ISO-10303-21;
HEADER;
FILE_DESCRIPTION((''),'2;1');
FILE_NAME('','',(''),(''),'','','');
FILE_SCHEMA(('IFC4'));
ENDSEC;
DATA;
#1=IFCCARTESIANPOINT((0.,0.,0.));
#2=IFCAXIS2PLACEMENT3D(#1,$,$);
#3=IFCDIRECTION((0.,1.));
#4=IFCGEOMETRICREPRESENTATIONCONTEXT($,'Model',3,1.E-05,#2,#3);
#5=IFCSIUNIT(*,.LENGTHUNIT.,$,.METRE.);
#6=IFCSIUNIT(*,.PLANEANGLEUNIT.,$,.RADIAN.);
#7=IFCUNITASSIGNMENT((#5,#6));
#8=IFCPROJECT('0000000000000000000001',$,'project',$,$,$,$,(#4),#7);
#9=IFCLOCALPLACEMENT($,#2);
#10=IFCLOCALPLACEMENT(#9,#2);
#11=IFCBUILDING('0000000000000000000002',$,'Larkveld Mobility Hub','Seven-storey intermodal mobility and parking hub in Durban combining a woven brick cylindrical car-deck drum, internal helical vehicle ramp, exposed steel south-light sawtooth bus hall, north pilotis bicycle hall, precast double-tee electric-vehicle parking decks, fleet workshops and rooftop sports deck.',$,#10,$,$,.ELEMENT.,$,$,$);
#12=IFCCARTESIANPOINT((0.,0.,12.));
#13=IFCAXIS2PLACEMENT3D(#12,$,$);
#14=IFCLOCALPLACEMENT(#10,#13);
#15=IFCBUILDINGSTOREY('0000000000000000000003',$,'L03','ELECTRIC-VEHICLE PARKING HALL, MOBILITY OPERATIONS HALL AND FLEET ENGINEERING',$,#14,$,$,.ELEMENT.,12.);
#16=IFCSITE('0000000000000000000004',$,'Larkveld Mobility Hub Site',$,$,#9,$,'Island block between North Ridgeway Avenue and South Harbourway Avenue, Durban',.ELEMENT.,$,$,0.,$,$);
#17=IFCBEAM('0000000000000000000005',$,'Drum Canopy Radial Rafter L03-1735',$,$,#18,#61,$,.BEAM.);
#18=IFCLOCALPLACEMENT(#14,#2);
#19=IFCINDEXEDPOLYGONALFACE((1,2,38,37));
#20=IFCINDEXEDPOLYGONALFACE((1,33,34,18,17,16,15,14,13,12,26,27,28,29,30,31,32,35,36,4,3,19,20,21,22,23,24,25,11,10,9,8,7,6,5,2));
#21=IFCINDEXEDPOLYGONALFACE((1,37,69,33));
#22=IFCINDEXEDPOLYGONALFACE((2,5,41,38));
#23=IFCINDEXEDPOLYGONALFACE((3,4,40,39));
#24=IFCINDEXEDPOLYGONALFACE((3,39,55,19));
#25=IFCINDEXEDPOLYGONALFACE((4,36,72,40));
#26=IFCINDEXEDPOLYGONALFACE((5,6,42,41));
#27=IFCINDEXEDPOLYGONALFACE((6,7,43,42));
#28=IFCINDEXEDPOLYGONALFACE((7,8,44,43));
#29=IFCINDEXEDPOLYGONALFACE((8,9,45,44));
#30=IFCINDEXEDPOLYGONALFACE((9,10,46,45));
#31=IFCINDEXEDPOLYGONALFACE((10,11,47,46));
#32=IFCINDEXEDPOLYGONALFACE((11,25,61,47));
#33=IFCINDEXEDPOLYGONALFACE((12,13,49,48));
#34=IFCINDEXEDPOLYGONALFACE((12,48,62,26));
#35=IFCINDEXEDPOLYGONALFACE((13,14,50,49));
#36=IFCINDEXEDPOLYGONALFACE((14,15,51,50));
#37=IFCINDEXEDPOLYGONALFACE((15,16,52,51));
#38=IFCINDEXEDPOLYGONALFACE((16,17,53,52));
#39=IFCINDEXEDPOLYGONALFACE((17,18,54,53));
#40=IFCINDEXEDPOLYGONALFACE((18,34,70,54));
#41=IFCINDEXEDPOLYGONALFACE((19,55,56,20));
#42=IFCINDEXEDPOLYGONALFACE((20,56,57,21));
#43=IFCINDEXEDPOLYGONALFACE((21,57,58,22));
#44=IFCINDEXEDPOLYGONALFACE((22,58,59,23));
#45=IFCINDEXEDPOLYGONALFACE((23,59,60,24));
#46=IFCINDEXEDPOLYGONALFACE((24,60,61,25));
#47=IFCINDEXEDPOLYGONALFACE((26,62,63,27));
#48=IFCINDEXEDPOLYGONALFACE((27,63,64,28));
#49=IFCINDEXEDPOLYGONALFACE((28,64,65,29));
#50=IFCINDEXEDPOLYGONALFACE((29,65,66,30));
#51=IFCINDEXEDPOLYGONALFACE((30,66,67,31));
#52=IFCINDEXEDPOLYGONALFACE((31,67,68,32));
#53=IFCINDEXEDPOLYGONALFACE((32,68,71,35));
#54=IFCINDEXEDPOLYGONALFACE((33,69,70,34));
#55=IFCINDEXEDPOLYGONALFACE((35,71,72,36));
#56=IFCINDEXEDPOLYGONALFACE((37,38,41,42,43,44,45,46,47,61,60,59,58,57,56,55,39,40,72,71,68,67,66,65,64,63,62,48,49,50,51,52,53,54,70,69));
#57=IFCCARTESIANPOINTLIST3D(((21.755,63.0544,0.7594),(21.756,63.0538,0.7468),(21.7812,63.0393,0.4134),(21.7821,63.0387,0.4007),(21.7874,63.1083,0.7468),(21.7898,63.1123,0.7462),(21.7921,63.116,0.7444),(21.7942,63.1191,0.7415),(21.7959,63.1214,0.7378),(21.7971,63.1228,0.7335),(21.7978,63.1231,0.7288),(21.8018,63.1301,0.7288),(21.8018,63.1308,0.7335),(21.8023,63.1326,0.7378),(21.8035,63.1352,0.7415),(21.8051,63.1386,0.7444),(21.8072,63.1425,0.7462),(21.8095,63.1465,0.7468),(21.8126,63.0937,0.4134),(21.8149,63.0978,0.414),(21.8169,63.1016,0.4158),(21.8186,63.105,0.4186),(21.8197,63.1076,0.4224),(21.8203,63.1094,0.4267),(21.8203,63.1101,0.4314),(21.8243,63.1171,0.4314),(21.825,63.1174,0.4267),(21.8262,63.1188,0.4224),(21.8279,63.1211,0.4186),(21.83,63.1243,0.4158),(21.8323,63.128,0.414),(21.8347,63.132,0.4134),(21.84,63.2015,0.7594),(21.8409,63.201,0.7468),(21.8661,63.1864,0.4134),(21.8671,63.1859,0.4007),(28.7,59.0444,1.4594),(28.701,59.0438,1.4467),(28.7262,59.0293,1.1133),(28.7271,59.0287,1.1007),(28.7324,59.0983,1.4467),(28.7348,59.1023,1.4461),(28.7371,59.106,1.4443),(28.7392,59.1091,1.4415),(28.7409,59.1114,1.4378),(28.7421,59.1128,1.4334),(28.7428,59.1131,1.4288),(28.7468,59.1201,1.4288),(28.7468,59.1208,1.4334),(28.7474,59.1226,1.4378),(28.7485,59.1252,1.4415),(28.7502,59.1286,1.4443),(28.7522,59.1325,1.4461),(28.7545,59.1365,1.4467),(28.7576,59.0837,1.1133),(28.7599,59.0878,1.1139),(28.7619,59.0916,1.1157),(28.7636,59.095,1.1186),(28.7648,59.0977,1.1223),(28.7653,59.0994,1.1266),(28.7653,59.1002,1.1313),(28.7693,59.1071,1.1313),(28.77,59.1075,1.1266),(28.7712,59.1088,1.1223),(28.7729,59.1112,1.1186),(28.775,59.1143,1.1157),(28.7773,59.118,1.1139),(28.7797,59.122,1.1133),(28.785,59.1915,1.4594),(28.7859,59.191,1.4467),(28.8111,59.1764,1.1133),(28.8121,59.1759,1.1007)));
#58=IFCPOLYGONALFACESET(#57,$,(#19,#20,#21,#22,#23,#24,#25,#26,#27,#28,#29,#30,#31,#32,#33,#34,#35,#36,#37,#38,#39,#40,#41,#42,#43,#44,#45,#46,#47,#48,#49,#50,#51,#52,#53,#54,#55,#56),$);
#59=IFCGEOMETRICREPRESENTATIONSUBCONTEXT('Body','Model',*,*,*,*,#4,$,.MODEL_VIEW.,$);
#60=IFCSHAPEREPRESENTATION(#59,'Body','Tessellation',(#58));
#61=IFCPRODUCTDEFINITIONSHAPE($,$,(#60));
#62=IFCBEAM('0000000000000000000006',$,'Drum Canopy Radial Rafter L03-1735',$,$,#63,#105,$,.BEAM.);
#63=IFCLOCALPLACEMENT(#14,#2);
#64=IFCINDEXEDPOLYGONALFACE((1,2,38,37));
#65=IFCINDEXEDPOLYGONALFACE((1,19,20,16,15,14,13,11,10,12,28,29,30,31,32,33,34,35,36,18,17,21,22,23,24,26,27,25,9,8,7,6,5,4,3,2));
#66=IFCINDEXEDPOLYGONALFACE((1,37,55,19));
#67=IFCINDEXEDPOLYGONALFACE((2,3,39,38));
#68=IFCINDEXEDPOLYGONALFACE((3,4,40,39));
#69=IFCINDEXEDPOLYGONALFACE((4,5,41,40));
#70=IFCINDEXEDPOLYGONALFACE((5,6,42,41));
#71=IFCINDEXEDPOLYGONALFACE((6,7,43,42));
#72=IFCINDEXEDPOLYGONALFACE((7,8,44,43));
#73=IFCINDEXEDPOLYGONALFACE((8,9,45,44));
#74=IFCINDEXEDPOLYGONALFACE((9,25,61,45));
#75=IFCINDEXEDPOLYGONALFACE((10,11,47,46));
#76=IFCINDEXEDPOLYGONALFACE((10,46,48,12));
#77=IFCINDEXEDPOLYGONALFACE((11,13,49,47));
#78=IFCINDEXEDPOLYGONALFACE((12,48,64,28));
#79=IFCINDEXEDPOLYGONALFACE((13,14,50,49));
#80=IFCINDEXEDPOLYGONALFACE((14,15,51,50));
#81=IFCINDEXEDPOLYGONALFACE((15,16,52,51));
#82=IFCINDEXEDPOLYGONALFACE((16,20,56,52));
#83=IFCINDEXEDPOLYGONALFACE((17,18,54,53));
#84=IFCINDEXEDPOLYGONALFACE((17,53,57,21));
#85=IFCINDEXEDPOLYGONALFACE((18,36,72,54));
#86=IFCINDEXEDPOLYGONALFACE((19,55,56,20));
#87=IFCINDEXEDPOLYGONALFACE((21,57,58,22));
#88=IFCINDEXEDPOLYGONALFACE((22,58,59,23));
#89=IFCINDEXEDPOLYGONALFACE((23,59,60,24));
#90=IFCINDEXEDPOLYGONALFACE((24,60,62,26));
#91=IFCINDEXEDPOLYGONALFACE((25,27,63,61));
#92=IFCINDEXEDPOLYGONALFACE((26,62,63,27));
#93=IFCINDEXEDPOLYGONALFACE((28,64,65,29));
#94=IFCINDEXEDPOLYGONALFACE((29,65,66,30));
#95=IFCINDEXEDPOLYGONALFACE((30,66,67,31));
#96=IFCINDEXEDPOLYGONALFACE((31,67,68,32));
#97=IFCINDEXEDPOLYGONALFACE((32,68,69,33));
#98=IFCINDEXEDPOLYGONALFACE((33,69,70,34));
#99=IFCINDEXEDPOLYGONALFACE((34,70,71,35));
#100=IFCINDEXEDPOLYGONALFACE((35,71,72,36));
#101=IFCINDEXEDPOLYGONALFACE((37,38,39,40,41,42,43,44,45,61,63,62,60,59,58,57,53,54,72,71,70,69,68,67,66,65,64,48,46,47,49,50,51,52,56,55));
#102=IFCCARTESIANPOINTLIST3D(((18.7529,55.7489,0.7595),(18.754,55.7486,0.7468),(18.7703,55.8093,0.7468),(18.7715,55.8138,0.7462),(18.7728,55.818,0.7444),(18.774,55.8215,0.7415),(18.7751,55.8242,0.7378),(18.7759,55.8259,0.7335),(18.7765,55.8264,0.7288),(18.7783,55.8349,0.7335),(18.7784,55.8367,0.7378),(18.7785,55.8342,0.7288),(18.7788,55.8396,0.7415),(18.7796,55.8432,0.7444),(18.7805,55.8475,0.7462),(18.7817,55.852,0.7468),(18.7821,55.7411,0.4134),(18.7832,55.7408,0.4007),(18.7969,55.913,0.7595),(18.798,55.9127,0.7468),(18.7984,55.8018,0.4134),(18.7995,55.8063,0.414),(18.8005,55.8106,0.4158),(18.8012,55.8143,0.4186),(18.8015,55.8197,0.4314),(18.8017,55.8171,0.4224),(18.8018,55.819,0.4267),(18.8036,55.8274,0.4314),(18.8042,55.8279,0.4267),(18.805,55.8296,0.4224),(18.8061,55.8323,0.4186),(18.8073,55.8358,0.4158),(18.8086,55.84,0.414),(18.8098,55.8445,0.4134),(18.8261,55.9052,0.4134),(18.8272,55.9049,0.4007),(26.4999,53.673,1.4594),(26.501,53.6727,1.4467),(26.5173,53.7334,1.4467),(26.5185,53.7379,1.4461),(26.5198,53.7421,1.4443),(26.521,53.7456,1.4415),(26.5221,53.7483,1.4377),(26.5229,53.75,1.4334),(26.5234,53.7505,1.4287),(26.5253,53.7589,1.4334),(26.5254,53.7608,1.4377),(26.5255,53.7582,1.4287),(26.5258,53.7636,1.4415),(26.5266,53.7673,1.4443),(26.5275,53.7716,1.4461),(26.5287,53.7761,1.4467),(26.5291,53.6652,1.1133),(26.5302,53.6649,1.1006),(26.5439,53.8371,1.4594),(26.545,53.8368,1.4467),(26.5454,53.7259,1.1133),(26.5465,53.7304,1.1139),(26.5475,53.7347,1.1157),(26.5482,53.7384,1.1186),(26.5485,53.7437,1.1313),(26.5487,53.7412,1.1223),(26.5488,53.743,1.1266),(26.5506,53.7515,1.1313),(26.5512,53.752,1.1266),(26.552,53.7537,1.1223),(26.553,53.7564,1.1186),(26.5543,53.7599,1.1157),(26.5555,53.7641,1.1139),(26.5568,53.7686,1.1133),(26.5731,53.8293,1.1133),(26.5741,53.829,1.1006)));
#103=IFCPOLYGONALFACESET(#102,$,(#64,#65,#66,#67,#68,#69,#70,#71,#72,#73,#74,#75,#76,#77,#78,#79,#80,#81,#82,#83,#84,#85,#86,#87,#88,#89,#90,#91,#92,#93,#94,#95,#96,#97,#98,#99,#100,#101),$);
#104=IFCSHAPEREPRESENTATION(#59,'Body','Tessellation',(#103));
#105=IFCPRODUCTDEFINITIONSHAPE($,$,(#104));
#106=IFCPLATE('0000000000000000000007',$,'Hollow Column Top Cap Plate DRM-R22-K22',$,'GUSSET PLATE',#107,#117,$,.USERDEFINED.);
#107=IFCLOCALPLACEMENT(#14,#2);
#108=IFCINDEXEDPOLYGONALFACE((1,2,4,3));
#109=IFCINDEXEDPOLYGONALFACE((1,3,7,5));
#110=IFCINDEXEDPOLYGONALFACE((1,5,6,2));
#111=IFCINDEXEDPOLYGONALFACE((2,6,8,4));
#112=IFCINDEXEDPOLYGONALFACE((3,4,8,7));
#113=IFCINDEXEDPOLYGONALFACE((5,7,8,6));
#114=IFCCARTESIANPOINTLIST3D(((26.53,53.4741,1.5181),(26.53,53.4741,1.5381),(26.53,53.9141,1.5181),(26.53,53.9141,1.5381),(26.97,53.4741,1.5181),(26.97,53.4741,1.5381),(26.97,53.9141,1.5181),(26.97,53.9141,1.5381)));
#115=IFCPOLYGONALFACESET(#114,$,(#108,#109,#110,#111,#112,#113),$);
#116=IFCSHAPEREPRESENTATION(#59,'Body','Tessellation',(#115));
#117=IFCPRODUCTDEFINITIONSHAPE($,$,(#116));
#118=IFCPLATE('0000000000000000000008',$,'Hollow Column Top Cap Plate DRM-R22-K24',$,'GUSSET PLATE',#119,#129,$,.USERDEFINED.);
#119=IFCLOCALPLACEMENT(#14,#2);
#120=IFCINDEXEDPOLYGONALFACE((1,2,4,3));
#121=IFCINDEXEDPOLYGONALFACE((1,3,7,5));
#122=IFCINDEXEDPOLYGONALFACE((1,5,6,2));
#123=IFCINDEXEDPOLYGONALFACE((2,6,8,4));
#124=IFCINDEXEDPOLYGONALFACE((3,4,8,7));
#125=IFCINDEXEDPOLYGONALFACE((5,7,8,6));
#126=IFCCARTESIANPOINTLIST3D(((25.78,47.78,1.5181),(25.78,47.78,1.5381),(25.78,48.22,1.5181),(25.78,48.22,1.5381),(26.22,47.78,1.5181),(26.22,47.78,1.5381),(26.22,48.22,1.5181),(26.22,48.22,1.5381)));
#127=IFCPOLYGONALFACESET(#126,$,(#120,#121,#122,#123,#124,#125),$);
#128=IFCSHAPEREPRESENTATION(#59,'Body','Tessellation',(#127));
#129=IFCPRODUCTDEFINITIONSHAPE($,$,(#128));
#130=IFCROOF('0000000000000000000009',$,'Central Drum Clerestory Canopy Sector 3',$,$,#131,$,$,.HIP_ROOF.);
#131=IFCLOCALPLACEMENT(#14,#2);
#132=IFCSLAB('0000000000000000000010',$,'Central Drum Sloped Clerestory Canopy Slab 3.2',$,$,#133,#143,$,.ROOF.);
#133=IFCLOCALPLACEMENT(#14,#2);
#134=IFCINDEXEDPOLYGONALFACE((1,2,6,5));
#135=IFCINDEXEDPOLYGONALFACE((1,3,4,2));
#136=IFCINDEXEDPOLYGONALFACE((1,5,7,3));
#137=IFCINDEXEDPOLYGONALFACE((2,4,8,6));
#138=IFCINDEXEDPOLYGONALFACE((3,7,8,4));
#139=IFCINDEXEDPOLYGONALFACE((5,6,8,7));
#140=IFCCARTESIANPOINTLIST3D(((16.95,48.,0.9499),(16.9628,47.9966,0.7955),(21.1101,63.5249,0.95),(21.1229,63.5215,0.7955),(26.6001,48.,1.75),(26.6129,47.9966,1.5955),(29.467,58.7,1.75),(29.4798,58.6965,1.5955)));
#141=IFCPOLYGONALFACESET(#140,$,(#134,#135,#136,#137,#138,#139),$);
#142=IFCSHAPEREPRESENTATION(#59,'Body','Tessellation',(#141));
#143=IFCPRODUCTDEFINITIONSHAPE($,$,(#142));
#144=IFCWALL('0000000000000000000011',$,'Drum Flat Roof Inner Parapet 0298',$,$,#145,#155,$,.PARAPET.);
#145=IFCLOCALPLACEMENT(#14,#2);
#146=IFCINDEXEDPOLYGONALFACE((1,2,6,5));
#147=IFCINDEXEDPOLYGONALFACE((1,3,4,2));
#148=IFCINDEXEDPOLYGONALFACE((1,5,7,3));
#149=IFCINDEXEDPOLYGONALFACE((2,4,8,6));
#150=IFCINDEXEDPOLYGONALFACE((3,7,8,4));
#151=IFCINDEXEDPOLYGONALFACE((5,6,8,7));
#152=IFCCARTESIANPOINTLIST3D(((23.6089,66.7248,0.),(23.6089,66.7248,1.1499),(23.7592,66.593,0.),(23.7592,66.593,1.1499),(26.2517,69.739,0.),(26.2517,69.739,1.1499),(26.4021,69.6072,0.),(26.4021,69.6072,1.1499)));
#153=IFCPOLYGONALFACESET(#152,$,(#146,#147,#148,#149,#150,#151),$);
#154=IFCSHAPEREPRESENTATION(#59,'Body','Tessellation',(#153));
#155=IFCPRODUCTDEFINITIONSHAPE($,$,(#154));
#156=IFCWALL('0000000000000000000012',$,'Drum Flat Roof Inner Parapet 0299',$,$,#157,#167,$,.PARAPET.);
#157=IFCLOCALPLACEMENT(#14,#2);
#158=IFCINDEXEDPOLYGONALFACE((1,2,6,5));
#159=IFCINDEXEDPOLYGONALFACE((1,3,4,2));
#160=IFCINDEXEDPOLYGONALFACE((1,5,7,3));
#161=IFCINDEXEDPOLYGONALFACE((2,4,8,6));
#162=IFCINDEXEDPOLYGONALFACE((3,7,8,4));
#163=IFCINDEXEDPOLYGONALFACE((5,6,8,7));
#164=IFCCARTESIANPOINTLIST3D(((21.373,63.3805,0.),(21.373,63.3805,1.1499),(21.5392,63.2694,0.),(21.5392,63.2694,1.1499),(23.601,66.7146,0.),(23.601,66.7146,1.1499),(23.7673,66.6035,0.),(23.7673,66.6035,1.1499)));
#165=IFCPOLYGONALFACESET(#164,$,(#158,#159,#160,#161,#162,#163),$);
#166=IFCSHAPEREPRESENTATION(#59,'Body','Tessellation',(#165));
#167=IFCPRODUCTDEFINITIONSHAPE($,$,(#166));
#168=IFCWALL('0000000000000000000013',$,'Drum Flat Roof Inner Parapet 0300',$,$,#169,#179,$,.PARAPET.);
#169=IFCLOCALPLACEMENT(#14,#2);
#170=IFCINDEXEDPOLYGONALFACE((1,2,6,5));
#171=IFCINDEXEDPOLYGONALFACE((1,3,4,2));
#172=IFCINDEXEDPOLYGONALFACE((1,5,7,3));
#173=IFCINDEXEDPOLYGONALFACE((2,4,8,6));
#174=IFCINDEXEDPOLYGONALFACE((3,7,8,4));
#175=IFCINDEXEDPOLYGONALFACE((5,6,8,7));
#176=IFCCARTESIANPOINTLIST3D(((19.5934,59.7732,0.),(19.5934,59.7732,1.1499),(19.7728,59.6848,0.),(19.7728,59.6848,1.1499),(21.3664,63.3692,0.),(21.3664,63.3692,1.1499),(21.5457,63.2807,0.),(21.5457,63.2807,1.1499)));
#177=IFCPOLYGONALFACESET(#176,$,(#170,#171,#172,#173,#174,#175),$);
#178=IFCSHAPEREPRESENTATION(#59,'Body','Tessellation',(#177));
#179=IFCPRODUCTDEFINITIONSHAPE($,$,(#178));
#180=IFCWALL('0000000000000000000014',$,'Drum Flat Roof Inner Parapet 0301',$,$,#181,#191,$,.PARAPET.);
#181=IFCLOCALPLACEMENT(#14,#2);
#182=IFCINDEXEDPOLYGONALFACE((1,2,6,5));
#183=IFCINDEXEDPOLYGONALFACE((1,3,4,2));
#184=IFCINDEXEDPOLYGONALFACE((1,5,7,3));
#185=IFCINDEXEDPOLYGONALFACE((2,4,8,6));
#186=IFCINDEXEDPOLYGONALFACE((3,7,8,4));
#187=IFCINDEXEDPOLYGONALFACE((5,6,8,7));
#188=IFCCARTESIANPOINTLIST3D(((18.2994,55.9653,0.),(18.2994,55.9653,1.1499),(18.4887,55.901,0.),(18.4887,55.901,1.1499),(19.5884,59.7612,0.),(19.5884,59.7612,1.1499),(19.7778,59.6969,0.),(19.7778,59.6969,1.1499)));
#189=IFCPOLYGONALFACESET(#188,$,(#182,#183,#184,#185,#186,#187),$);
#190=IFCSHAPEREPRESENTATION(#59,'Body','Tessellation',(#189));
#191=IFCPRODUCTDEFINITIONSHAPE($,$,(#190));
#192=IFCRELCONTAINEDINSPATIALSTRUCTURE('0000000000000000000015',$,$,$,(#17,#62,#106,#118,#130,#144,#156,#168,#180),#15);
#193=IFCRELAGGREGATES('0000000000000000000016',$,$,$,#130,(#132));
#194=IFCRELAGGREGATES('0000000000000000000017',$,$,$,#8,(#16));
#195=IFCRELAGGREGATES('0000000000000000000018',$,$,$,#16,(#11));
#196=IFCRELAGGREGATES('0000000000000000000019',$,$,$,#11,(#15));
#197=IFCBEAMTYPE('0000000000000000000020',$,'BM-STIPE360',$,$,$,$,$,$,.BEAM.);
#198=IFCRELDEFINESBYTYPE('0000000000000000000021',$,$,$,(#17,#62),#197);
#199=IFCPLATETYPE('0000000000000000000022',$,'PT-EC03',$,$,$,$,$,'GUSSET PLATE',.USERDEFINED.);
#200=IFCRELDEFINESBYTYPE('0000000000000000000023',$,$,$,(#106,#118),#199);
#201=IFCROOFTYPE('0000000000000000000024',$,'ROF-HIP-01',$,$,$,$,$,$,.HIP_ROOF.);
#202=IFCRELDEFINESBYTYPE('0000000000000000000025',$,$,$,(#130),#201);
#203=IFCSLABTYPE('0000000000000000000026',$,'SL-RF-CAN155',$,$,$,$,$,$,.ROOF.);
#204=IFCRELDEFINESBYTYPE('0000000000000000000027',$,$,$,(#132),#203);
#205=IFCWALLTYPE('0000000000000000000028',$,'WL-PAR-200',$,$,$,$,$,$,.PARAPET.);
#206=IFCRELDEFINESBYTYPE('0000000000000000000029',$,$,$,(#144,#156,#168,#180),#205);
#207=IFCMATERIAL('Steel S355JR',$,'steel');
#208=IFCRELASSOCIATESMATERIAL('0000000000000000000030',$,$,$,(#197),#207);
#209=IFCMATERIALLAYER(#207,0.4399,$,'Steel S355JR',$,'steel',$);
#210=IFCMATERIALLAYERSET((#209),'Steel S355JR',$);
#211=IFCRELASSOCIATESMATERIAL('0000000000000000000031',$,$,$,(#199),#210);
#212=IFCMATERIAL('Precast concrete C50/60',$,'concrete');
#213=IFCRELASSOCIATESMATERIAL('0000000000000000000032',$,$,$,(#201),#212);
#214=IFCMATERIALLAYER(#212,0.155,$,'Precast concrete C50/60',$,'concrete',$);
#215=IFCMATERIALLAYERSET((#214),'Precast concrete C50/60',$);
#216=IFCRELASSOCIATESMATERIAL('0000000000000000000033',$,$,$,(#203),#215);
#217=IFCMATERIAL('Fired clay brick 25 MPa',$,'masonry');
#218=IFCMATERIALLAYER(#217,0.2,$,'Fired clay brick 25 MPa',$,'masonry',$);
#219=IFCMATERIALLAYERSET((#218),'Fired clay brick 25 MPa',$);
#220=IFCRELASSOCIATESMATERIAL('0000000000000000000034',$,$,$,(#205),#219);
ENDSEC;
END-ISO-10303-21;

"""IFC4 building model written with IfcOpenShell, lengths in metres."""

from ifc_helpers import new_model, si_unit, direction, frame, frame_2d, origin, origin_2d, place, context, subcontext, project, spatial, polyline, rectangle, i_section, outline, extrude, material, layer, layer_set, material_profile, profile_set, type_object, element, aggregate, save


model = new_model("IFC4")

# Units and contexts
model_context = context("Model", 3, precision=1e-05, world=origin(), true_north=direction((0.0, 1.0)))
body_context = subcontext(model_context, "Body", "Model", "MODEL_VIEW")
ifc_project = project(units=[si_unit("LENGTHUNIT", "METRE"), si_unit("PLANEANGLEUNIT", "RADIAN")], contexts=[model_context])

# Site, building, storey
site_placement = place(None, origin())
site = spatial("IfcSite", under=ifc_project, at=site_placement, Name="Larkveld Mobility Hub Site", LongName="Island block between North Ridgeway Avenue and South Harbourway Avenue, Durban", CompositionType="ELEMENT", RefElevation=0.0)
building_placement = place(site_placement, origin())
building = spatial("IfcBuilding", under=site, at=building_placement, Name="Larkveld Mobility Hub", Description="Seven-storey intermodal mobility and parking hub in Durban combining a woven brick cylindrical car-deck drum, internal helical vehicle ramp, exposed steel south-light sawtooth bus hall, north pilotis bicycle hall, precast double-tee electric-vehicle parking decks, fleet workshops and rooftop sports deck.", CompositionType="ELEMENT")
storey_placement = place(building_placement, frame((0.0, 0.0, 12.0)))
storey = spatial("IfcBuildingStorey", under=building, at=storey_placement, Name="L03", Description="ELECTRIC-VEHICLE PARKING HALL, MOBILITY OPERATIONS HALL AND FLEET ENGINEERING", CompositionType="ELEMENT", Elevation=12.0)

# Shared definitions
ifc_material_1 = material(Name="Steel S355JR", Category="steel")

# Beams
ifc_material_profile_1 = material_profile(ifc_material_1, i_section(OverallWidth=0.1699, OverallDepth=0.3601, WebThickness=0.0081, FlangeThickness=0.0127, FilletRadius=0.0181, at=origin_2d()), Name="IPE 360")
ifc_profile_set_1 = profile_set([ifc_material_profile_1], Name="Steel S355JR")
beam_type_1 = type_object("IfcBeamType", Name="BM-STIPE360", PredefinedType="BEAM", material=ifc_profile_set_1)
beam_1_placement = place(storey_placement, frame((21.811, 63.1201, 0.5801), z_axis=(0.862731, -0.498132, 0.086949), x_axis=(0.500026, 0.866011, 0.0)))
element("IfcBeam", 1, at=beam_1_placement, inside=storey, type_object=beam_type_1, Name="Drum Canopy Radial Rafter L03-1735", PredefinedType="BEAM", context=body_context, shape_type="SweptSolid", body=[
    extrude(i_section(OverallWidth=0.1699, OverallDepth=0.3601, WebThickness=0.0081, FlangeThickness=0.0127, FilletRadius=0.0181, at=origin_2d()), origin(), (0.0, 0.0, 1.0), 8.05),
])
beam_2_placement = place(storey_placement, frame((18.79, 55.8269, 0.5801), z_axis=(0.962265, -0.257851, 0.086941), x_axis=(0.258831, 0.965923, 0.0)))
element("IfcBeam", 2, at=beam_2_placement, inside=storey, type_object=beam_type_1, Name="Drum Canopy Radial Rafter L03-1735", PredefinedType="BEAM", context=body_context, shape_type="SweptSolid", body=[
    extrude(i_section(OverallWidth=0.1699, OverallDepth=0.3601, WebThickness=0.0081, FlangeThickness=0.0127, FilletRadius=0.0181, at=origin_2d()), origin(), (0.0, 0.0, 1.0), 8.0508),
])

# Plates
ifc_layer_1 = layer(ifc_material_1, 0.4399, Name="Steel S355JR", Category="steel")
ifc_layer_set_1 = layer_set([ifc_layer_1], Name="Steel S355JR")
plate_type = type_object("IfcPlateType", Name="PT-EC03", ElementType="GUSSET PLATE", PredefinedType="USERDEFINED", material=ifc_layer_set_1)
for number, where, z_axis, x_axis, name in (
    (3, (26.75, 53.6941, 1.5181), (0.0, 0.0, 1.0), (1.0, 0.0, 0.0), "Hollow Column Top Cap Plate DRM-R22-K22"),
    (4, (26.0, 48.0, 1.5181), (0.0, 0.0, 1.0), (1.0, 0.0, 0.0), "Hollow Column Top Cap Plate DRM-R22-K24"),
):
    element("IfcPlate", number, at=place(storey_placement, frame(where, z_axis=z_axis, x_axis=x_axis)), inside=storey, type_object=plate_type, Name=name, ObjectType="GUSSET PLATE", PredefinedType="USERDEFINED", context=body_context, shape_type="SweptSolid", body=[
        extrude(rectangle(XDim=0.4399, YDim=0.4399, at=origin_2d()), origin(), (0.0, 0.0, 1.0), 0.02),
    ])

# Roof, slab
ifc_material_2 = material(Name="Precast concrete C50/60", Category="concrete")
roof_type = type_object("IfcRoofType", Name="ROF-HIP-01", PredefinedType="HIP_ROOF", material=ifc_material_2)
roof_placement = place(storey_placement, origin())
roof = element("IfcRoof", 5, at=roof_placement, inside=storey, type_object=roof_type, Name="Central Drum Clerestory Canopy Sector 3", PredefinedType="HIP_ROOF")
ifc_layer_2 = layer(ifc_material_2, 0.155, Name="Precast concrete C50/60", Category="concrete")
ifc_layer_set_2 = layer_set([ifc_layer_2], Name="Precast concrete C50/60")
slab_type = type_object("IfcSlabType", Name="SL-RF-CAN155", PredefinedType="ROOF", material=ifc_layer_set_2)
slab_placement = place(storey_placement, frame((21.1101, 63.5249, 0.95), z_axis=(-0.082603, 0.022134, 0.996337), x_axis=(-0.258835, -0.965922, -0.000001)))
slab = element("IfcSlab", 6, at=slab_placement, type_object=slab_type, Name="Central Drum Sloped Clerestory Canopy Slab 3.2", PredefinedType="ROOF", context=body_context, shape_type="SweptSolid", body=[
    extrude(outline(polyline([(0.0, 0.0), (16.0726, 0.0), (13.5748, 9.3556), (2.4975, 9.3553), (0.0, 0.0)])), origin(), (0.0, 0.0, -1.0), 0.155),
])
aggregate(roof, [slab])

# Walls
ifc_material_3 = material(Name="Fired clay brick 25 MPa", Category="masonry")
ifc_layer_3 = layer(ifc_material_3, 0.2, Name="Fired clay brick 25 MPa", Category="masonry")
ifc_layer_set_3 = layer_set([ifc_layer_3], Name="Fired clay brick 25 MPa")
wall_type_1 = type_object("IfcWallType", Name="WL-PAR-200", PredefinedType="PARAPET", material=ifc_layer_set_3)
wall_1_placement = place(storey_placement, frame((26.3269, 69.6731, 0.0), z_axis=(0.0, 0.0, 1.0), x_axis=(-0.659272, -0.751905, 0.0)))
element("IfcWall", 7, at=wall_1_placement, inside=storey, type_object=wall_type_1, Name="Drum Flat Roof Inner Parapet 0298", PredefinedType="PARAPET", context=body_context, shape_type="SweptSolid", body=[
    extrude(rectangle(XDim=4.0088, YDim=0.2, at=frame_2d((2.0044, 0.0))), origin(), (0.0, 0.0, 1.0), 1.1499),
])
wall_2_placement = place(storey_placement, frame((23.6841, 66.6589, 0.0), z_axis=(0.0, 0.0, 1.0), x_axis=(-0.555627, -0.831432, 0.0)))
element("IfcWall", 8, at=wall_2_placement, inside=storey, type_object=wall_type_1, Name="Drum Flat Roof Inner Parapet 0299", PredefinedType="PARAPET", context=body_context, shape_type="SweptSolid", body=[
    extrude(rectangle(XDim=4.01, YDim=0.2, at=frame_2d((2.0049, 0.0))), origin(), (0.0, 0.0, 1.0), 1.1499),
])
wall_3_placement = place(storey_placement, frame((21.4561, 63.325, 0.0), z_axis=(0.0, 0.0, 1.0), x_axis=(-0.442213, -0.89691, 0.0)))
element("IfcWall", 9, at=wall_3_placement, inside=storey, type_object=wall_type_1, Name="Drum Flat Roof Inner Parapet 0300", PredefinedType="PARAPET", context=body_context, shape_type="SweptSolid", body=[
    extrude(rectangle(XDim=4.0093, YDim=0.2, at=frame_2d((2.0046, 0.0))), origin(), (0.0, 0.0, 1.0), 1.1499),
])
wall_4_placement = place(storey_placement, frame((19.6831, 59.729, 0.0), z_axis=(0.0, 0.0, 1.0), x_axis=(-0.321558, -0.94689, 0.0)))
element("IfcWall", 10, at=wall_4_placement, inside=storey, type_object=wall_type_1, Name="Drum Flat Roof Inner Parapet 0301", PredefinedType="PARAPET", context=body_context, shape_type="SweptSolid", body=[
    extrude(rectangle(XDim=4.0088, YDim=0.2, at=frame_2d((2.0044, 0.0))), origin(), (0.0, 0.0, 1.0), 1.1499),
])

save(model, "model.ifc")
